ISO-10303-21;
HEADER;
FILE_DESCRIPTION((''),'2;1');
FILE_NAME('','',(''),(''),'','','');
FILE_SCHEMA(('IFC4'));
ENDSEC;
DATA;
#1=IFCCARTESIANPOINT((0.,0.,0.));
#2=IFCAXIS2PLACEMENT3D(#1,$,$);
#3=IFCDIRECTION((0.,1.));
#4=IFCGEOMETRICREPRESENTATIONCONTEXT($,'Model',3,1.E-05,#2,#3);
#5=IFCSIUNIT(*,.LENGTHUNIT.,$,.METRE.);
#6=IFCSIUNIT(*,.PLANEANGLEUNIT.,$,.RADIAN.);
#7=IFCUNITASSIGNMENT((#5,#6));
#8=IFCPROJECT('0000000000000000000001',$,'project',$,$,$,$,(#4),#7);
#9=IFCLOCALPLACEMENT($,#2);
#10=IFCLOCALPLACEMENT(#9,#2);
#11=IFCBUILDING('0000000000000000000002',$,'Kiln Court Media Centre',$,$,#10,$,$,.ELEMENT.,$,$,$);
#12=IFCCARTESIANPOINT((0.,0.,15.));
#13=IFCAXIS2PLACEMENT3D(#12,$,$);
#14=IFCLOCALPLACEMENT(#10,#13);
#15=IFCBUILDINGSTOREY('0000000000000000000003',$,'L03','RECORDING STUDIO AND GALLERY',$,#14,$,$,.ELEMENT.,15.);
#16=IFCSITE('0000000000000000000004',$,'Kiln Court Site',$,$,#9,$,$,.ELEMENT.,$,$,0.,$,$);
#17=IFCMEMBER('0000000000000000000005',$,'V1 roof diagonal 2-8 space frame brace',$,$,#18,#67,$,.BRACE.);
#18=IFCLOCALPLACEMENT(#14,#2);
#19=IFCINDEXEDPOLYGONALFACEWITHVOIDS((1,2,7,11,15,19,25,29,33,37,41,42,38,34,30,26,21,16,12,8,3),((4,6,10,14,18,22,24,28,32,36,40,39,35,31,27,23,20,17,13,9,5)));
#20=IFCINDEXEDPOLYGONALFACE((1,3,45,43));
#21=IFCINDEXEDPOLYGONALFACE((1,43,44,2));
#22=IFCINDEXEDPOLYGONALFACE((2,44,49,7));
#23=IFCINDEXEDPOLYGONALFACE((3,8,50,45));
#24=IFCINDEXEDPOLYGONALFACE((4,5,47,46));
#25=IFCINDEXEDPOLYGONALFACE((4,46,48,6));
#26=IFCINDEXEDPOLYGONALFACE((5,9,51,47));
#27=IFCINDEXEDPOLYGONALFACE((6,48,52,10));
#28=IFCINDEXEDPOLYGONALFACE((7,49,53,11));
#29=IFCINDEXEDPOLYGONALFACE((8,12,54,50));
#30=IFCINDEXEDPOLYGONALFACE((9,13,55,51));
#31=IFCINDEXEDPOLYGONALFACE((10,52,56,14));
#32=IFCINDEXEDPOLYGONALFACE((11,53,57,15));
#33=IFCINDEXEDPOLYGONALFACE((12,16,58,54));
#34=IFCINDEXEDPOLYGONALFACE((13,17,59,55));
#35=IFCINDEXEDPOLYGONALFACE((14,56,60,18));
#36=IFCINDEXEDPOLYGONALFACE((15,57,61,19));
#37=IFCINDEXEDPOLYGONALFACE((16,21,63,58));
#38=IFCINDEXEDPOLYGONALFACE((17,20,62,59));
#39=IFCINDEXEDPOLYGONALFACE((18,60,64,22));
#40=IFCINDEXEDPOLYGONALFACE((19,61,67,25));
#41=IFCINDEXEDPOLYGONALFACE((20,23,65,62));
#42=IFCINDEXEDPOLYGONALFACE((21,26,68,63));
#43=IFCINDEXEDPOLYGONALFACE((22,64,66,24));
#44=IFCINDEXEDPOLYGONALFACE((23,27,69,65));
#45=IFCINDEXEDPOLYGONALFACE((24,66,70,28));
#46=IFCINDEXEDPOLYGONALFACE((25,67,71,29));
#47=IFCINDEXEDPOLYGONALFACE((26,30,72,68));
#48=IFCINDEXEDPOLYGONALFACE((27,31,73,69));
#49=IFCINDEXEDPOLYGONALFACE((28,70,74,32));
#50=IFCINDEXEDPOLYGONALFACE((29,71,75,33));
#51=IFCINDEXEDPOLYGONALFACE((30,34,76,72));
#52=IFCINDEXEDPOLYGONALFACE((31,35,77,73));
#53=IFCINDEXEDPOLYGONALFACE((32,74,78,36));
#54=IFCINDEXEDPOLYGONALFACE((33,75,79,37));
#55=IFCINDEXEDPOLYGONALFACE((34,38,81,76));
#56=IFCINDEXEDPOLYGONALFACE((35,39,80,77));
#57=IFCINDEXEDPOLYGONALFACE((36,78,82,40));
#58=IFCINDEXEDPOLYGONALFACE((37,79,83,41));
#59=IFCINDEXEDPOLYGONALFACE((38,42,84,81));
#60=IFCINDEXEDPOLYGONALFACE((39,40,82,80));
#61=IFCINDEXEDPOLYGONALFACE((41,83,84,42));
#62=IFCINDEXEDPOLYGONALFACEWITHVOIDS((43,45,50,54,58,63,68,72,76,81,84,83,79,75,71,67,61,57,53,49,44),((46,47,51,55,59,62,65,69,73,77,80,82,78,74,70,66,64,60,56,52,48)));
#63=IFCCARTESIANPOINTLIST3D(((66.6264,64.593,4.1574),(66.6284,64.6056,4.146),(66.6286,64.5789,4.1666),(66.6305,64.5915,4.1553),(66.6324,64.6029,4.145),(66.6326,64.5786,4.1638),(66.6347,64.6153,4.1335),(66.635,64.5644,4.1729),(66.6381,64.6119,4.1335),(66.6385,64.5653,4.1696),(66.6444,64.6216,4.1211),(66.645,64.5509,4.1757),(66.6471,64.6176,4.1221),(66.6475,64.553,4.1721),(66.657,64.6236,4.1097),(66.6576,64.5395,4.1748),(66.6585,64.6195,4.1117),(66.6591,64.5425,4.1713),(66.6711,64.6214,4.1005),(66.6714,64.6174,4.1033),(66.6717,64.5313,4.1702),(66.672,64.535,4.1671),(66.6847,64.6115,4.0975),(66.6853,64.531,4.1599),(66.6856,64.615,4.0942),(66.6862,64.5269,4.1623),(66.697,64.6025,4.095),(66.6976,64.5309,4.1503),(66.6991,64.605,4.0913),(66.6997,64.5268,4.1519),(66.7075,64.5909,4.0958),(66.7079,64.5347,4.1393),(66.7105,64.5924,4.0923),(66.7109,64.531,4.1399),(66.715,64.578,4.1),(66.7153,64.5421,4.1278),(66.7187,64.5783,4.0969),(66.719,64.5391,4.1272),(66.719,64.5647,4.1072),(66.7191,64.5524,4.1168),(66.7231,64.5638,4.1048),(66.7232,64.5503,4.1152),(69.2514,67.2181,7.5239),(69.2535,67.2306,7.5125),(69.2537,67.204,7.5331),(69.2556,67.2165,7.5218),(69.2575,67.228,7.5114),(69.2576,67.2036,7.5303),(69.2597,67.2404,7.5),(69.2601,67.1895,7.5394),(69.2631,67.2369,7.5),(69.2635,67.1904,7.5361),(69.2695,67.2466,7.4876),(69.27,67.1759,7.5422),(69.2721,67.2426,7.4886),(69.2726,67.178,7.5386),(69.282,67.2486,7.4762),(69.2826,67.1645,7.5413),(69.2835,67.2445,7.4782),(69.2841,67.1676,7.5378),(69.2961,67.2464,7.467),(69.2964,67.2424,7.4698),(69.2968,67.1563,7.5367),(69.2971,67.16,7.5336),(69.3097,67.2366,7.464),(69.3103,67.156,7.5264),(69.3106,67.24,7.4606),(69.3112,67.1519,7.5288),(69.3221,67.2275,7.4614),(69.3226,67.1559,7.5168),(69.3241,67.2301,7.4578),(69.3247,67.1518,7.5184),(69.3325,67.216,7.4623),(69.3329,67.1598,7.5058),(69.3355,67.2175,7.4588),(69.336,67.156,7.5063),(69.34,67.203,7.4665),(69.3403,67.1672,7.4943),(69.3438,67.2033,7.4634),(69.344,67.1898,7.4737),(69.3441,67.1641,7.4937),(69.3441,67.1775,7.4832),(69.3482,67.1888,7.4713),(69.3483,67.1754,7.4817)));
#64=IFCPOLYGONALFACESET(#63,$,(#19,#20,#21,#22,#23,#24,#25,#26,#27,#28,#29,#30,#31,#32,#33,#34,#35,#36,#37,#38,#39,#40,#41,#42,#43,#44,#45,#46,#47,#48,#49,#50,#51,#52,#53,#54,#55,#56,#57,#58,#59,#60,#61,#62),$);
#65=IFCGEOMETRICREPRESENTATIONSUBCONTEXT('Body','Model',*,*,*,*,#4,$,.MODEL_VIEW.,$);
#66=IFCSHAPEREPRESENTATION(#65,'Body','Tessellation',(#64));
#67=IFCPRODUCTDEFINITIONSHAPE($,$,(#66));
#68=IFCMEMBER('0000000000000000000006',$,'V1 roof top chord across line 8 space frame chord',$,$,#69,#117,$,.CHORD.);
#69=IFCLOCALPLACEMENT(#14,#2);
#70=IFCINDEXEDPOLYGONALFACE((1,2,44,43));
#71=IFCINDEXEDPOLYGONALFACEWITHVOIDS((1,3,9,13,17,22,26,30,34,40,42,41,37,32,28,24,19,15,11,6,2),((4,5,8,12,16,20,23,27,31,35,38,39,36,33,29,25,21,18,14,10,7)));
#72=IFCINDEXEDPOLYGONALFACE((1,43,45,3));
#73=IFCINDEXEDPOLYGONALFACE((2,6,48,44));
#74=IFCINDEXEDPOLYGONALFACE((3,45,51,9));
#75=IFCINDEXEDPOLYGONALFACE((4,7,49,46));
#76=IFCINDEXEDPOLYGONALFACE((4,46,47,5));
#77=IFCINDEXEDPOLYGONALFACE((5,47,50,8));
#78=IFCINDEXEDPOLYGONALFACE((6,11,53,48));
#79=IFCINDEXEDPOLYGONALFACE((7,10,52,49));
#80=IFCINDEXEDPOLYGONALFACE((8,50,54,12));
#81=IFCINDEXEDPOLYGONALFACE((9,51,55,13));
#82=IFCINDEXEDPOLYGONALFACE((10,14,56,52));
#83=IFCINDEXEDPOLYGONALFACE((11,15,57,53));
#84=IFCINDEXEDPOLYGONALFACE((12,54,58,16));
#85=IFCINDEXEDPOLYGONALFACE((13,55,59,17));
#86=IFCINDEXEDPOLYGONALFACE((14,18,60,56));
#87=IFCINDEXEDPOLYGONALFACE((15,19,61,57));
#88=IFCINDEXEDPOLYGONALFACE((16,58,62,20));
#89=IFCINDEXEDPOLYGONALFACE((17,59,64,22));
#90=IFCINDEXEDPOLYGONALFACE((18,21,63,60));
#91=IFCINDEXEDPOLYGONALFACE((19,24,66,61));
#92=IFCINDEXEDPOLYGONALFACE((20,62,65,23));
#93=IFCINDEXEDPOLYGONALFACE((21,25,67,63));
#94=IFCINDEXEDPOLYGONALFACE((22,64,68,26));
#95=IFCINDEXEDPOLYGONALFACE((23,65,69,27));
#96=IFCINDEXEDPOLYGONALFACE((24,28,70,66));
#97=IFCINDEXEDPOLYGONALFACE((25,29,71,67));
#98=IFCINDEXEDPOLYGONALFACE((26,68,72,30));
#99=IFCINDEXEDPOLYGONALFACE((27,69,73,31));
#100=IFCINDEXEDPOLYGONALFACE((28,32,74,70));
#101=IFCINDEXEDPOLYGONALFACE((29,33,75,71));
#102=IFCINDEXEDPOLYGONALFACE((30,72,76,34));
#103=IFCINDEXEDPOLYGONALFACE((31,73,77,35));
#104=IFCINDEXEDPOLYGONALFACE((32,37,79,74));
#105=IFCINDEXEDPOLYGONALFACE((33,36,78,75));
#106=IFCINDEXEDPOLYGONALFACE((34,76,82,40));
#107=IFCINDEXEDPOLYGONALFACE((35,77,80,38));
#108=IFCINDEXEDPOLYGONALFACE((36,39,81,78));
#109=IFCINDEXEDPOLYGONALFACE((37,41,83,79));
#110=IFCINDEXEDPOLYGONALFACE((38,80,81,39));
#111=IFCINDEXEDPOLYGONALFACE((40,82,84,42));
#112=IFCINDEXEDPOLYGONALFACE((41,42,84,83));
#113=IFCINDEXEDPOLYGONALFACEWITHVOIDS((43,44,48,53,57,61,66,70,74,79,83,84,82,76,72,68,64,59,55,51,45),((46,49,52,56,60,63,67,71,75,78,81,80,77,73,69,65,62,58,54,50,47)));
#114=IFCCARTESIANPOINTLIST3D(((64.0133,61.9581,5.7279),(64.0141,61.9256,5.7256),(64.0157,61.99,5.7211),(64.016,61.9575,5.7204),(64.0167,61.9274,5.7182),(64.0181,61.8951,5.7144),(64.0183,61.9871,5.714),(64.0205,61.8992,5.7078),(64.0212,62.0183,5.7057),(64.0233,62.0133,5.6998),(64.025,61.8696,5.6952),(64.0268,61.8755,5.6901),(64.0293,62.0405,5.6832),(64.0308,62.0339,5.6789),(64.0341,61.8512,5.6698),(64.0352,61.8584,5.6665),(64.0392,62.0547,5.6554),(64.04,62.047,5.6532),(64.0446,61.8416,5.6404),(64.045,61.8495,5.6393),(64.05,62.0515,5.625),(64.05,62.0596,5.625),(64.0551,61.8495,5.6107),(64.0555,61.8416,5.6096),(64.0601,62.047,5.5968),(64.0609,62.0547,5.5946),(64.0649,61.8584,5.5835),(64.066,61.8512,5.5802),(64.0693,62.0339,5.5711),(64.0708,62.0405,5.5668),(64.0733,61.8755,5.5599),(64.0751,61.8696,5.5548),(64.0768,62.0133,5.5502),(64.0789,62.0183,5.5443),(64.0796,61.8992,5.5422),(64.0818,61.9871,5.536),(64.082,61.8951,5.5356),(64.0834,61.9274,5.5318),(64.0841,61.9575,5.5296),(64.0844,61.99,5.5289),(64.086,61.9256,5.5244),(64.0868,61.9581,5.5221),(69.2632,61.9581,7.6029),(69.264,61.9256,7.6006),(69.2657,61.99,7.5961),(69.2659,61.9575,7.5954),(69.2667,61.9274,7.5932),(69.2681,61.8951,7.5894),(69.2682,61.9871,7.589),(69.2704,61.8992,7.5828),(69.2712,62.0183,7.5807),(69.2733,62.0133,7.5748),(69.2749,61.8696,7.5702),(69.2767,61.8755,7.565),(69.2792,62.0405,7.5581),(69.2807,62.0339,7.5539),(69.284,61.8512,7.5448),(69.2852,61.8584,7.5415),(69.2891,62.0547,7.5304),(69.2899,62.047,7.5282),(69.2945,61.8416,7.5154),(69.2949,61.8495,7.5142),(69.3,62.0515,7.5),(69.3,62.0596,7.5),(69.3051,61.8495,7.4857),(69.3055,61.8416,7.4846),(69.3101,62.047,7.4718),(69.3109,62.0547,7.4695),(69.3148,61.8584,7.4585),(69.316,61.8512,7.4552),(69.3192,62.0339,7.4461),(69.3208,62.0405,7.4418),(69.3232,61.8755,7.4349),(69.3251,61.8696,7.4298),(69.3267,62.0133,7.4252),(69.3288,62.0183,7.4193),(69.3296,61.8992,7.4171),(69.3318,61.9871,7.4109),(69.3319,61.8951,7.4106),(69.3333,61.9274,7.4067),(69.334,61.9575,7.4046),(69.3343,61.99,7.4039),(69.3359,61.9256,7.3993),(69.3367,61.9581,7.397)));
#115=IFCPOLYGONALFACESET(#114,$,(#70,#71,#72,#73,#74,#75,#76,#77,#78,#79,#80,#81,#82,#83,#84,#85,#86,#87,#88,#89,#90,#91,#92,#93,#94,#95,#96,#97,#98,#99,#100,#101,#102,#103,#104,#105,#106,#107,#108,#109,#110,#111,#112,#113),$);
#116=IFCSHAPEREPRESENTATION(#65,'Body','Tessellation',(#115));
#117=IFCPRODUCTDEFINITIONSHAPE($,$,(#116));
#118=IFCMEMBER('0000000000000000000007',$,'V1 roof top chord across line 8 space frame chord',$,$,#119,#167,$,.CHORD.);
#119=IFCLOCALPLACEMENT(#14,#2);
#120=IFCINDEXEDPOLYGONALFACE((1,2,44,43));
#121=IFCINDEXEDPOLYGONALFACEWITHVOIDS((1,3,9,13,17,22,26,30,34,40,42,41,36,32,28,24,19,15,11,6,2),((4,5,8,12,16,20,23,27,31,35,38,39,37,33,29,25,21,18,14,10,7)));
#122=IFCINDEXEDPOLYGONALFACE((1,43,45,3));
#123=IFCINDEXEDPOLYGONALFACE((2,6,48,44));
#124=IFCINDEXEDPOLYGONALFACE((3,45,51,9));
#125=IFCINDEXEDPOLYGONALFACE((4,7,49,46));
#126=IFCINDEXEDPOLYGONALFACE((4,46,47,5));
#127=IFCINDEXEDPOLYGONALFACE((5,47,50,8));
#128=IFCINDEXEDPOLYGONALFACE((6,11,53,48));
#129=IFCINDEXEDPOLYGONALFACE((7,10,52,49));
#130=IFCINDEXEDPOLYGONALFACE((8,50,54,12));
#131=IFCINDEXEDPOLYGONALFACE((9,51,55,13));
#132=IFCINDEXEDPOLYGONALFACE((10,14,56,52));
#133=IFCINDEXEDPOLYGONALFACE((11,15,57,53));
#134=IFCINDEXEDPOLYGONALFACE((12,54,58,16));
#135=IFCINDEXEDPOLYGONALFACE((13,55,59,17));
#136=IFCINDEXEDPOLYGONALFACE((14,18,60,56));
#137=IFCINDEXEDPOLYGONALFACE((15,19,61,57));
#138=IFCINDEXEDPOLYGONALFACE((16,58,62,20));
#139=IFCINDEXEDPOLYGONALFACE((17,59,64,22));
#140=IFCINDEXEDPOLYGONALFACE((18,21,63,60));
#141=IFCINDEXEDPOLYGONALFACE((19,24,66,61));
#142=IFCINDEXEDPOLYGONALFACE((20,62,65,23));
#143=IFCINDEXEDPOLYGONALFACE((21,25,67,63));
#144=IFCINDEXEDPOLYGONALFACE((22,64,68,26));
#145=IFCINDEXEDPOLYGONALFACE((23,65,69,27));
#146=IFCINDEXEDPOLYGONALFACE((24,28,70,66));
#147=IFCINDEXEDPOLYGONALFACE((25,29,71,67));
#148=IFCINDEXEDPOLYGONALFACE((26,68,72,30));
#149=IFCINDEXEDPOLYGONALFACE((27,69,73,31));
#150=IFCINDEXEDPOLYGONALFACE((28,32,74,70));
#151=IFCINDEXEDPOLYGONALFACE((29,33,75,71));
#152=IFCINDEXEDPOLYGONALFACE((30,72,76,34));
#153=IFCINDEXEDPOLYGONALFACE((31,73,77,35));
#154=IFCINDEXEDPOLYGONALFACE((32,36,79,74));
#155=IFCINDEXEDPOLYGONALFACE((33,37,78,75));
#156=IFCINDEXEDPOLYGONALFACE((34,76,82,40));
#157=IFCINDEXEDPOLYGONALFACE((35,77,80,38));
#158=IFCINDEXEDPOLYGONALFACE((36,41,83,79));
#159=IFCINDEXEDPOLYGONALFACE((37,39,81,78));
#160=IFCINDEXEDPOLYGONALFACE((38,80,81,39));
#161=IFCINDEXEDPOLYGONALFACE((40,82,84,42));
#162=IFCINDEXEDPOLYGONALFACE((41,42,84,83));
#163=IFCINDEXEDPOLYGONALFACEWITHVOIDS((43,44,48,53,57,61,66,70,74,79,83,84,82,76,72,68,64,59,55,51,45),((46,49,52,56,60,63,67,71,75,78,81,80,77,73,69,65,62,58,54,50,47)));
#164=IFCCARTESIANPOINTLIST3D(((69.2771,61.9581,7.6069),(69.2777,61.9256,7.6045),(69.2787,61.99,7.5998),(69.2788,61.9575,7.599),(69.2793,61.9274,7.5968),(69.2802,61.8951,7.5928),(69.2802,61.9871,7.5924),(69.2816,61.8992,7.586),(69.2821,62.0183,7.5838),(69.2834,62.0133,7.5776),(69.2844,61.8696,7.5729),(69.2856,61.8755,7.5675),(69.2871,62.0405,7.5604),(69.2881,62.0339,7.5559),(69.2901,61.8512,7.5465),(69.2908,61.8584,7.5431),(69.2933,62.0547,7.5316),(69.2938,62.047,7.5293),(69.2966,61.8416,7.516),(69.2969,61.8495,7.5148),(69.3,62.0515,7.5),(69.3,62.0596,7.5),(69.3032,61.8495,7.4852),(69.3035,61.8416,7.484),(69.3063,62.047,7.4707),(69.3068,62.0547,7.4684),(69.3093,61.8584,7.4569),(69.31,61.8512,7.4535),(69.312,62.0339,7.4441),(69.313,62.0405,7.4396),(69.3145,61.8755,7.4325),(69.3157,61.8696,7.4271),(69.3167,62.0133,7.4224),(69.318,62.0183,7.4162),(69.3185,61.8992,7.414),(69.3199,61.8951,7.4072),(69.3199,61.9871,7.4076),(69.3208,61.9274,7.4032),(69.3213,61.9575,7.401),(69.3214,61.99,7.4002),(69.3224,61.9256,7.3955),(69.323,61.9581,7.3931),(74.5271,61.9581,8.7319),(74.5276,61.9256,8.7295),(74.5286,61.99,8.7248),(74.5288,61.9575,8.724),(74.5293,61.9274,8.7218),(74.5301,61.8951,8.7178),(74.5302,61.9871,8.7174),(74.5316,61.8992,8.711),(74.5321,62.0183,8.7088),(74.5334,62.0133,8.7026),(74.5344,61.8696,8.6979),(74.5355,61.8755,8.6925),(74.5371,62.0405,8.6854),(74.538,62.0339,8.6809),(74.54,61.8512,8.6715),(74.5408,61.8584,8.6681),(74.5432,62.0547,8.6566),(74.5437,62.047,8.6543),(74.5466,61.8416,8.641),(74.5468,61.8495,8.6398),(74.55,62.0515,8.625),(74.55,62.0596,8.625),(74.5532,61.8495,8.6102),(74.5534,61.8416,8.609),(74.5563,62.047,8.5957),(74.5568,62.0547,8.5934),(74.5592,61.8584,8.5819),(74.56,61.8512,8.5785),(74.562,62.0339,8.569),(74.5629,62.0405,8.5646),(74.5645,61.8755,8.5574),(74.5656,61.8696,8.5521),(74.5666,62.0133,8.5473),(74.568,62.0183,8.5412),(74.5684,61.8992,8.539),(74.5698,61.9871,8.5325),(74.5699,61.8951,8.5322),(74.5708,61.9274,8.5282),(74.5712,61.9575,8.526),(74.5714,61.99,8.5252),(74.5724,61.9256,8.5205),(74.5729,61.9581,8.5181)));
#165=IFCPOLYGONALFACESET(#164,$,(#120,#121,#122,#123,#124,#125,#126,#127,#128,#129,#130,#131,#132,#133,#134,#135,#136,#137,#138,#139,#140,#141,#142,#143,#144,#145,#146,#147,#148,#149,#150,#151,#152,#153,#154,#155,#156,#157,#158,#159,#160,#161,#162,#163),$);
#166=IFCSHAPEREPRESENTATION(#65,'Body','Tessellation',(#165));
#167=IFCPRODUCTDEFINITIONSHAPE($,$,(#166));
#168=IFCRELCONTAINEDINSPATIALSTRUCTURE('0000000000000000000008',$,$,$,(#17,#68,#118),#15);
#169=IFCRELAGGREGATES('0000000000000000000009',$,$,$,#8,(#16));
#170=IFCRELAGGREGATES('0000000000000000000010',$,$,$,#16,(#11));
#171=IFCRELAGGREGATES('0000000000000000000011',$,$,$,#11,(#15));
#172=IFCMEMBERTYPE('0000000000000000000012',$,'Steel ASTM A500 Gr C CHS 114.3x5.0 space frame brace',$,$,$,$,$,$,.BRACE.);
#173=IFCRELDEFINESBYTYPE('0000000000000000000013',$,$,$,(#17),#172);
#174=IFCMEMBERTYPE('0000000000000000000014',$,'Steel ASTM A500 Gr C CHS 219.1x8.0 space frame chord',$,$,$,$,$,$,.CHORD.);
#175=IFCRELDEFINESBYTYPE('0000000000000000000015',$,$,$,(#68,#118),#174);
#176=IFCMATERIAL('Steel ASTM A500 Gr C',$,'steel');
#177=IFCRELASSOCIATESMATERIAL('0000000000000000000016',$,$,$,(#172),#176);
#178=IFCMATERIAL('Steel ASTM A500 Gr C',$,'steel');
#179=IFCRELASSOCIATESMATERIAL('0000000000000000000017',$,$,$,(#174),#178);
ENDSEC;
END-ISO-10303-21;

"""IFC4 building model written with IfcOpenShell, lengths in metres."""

from ifc_helpers import new_model, si_unit, direction, frame, origin, origin_2d, place, context, subcontext, project, spatial, hollow_circle, extrude, material, material_profile, profile_set, type_object, element, save


model = new_model("IFC4")

# Units and contexts
model_context = context("Model", 3, precision=1e-05, world=origin(), true_north=direction((0.0, 1.0)))
body_context = subcontext(model_context, "Body", "Model", "MODEL_VIEW")
ifc_project = project(units=[si_unit("LENGTHUNIT", "METRE"), si_unit("PLANEANGLEUNIT", "RADIAN")], contexts=[model_context])

# Site, building, storey
site_placement = place(None, origin())
site = spatial("IfcSite", under=ifc_project, at=site_placement, Name="Kiln Court Site", CompositionType="ELEMENT", RefElevation=0.0)
building_placement = place(site_placement, origin())
building = spatial("IfcBuilding", under=site, at=building_placement, Name="Kiln Court Media Centre", CompositionType="ELEMENT")
storey_placement = place(building_placement, frame((0.0, 0.0, 15.0)))
storey = spatial("IfcBuildingStorey", under=building, at=storey_placement, Name="L03", Description="RECORDING STUDIO AND GALLERY", CompositionType="ELEMENT", Elevation=15.0)

# Members
ifc_material_1 = material(Name="Steel ASTM A500 Gr C", Category="steel")
ifc_material_profile_1 = material_profile(ifc_material_1, hollow_circle(Radius=0.0571, WallThickness=0.0049, at=origin_2d()), Name="CHS 114.3x5.0")
ifc_profile_set_1 = profile_set([ifc_material_profile_1], Name="Steel ASTM A500 Gr C")
member_type_1 = type_object("IfcMemberType", Name="Steel ASTM A500 Gr C CHS 114.3x5.0 space frame brace", PredefinedType="BRACE", material=ifc_profile_set_1)
member_1_placement = place(storey_placement, frame((66.675, 64.575, 4.1335), z_axis=(0.523804, 0.523804, 0.671758), x_axis=(-0.707107, 0.707107, 0.0)))
element("IfcMember", 1, at=member_1_placement, inside=storey, type_object=member_type_1, Name="V1 roof diagonal 2-8 space frame brace", PredefinedType="BRACE", context=body_context, shape_type="SweptSolid", body=[
    extrude(hollow_circle(Radius=0.0571, WallThickness=0.0049, at=origin_2d()), origin(), (0.0, 0.0, 1.0), 5.0115),
])
ifc_material_2 = material(Name="Steel ASTM A500 Gr C", Category="steel")
ifc_material_profile_2 = material_profile(ifc_material_2, hollow_circle(Radius=0.1096, WallThickness=0.0081, at=origin_2d()), Name="CHS 219.1x8.0")
ifc_profile_set_2 = profile_set([ifc_material_profile_2], Name="Steel ASTM A500 Gr C")
member_type_2 = type_object("IfcMemberType", Name="Steel ASTM A500 Gr C CHS 219.1x8.0 space frame chord", PredefinedType="CHORD", material=ifc_profile_set_2)
member_2_placement = place(storey_placement, frame((64.05, 61.95, 5.625), z_axis=(0.941742, 0.0, 0.336336), x_axis=(0.0, 1.0, 0.0)))
element("IfcMember", 2, at=member_2_placement, inside=storey, type_object=member_type_2, Name="V1 roof top chord across line 8 space frame chord", PredefinedType="CHORD", context=body_context, shape_type="SweptSolid", body=[
    extrude(hollow_circle(Radius=0.1096, WallThickness=0.0081, at=origin_2d()), origin(), (0.0, 0.0, 1.0), 5.5747),
])
member_3_placement = place(storey_placement, frame((69.3, 61.95, 7.5), z_axis=(0.977802, 0.0, 0.209529), x_axis=(0.0, 1.0, 0.0)))
element("IfcMember", 3, at=member_3_placement, inside=storey, type_object=member_type_2, Name="V1 roof top chord across line 8 space frame chord", PredefinedType="CHORD", context=body_context, shape_type="SweptSolid", body=[
    extrude(hollow_circle(Radius=0.1096, WallThickness=0.0081, at=origin_2d()), origin(), (0.0, 0.0, 1.0), 5.3691),
])

save(model, "model.ifc")
